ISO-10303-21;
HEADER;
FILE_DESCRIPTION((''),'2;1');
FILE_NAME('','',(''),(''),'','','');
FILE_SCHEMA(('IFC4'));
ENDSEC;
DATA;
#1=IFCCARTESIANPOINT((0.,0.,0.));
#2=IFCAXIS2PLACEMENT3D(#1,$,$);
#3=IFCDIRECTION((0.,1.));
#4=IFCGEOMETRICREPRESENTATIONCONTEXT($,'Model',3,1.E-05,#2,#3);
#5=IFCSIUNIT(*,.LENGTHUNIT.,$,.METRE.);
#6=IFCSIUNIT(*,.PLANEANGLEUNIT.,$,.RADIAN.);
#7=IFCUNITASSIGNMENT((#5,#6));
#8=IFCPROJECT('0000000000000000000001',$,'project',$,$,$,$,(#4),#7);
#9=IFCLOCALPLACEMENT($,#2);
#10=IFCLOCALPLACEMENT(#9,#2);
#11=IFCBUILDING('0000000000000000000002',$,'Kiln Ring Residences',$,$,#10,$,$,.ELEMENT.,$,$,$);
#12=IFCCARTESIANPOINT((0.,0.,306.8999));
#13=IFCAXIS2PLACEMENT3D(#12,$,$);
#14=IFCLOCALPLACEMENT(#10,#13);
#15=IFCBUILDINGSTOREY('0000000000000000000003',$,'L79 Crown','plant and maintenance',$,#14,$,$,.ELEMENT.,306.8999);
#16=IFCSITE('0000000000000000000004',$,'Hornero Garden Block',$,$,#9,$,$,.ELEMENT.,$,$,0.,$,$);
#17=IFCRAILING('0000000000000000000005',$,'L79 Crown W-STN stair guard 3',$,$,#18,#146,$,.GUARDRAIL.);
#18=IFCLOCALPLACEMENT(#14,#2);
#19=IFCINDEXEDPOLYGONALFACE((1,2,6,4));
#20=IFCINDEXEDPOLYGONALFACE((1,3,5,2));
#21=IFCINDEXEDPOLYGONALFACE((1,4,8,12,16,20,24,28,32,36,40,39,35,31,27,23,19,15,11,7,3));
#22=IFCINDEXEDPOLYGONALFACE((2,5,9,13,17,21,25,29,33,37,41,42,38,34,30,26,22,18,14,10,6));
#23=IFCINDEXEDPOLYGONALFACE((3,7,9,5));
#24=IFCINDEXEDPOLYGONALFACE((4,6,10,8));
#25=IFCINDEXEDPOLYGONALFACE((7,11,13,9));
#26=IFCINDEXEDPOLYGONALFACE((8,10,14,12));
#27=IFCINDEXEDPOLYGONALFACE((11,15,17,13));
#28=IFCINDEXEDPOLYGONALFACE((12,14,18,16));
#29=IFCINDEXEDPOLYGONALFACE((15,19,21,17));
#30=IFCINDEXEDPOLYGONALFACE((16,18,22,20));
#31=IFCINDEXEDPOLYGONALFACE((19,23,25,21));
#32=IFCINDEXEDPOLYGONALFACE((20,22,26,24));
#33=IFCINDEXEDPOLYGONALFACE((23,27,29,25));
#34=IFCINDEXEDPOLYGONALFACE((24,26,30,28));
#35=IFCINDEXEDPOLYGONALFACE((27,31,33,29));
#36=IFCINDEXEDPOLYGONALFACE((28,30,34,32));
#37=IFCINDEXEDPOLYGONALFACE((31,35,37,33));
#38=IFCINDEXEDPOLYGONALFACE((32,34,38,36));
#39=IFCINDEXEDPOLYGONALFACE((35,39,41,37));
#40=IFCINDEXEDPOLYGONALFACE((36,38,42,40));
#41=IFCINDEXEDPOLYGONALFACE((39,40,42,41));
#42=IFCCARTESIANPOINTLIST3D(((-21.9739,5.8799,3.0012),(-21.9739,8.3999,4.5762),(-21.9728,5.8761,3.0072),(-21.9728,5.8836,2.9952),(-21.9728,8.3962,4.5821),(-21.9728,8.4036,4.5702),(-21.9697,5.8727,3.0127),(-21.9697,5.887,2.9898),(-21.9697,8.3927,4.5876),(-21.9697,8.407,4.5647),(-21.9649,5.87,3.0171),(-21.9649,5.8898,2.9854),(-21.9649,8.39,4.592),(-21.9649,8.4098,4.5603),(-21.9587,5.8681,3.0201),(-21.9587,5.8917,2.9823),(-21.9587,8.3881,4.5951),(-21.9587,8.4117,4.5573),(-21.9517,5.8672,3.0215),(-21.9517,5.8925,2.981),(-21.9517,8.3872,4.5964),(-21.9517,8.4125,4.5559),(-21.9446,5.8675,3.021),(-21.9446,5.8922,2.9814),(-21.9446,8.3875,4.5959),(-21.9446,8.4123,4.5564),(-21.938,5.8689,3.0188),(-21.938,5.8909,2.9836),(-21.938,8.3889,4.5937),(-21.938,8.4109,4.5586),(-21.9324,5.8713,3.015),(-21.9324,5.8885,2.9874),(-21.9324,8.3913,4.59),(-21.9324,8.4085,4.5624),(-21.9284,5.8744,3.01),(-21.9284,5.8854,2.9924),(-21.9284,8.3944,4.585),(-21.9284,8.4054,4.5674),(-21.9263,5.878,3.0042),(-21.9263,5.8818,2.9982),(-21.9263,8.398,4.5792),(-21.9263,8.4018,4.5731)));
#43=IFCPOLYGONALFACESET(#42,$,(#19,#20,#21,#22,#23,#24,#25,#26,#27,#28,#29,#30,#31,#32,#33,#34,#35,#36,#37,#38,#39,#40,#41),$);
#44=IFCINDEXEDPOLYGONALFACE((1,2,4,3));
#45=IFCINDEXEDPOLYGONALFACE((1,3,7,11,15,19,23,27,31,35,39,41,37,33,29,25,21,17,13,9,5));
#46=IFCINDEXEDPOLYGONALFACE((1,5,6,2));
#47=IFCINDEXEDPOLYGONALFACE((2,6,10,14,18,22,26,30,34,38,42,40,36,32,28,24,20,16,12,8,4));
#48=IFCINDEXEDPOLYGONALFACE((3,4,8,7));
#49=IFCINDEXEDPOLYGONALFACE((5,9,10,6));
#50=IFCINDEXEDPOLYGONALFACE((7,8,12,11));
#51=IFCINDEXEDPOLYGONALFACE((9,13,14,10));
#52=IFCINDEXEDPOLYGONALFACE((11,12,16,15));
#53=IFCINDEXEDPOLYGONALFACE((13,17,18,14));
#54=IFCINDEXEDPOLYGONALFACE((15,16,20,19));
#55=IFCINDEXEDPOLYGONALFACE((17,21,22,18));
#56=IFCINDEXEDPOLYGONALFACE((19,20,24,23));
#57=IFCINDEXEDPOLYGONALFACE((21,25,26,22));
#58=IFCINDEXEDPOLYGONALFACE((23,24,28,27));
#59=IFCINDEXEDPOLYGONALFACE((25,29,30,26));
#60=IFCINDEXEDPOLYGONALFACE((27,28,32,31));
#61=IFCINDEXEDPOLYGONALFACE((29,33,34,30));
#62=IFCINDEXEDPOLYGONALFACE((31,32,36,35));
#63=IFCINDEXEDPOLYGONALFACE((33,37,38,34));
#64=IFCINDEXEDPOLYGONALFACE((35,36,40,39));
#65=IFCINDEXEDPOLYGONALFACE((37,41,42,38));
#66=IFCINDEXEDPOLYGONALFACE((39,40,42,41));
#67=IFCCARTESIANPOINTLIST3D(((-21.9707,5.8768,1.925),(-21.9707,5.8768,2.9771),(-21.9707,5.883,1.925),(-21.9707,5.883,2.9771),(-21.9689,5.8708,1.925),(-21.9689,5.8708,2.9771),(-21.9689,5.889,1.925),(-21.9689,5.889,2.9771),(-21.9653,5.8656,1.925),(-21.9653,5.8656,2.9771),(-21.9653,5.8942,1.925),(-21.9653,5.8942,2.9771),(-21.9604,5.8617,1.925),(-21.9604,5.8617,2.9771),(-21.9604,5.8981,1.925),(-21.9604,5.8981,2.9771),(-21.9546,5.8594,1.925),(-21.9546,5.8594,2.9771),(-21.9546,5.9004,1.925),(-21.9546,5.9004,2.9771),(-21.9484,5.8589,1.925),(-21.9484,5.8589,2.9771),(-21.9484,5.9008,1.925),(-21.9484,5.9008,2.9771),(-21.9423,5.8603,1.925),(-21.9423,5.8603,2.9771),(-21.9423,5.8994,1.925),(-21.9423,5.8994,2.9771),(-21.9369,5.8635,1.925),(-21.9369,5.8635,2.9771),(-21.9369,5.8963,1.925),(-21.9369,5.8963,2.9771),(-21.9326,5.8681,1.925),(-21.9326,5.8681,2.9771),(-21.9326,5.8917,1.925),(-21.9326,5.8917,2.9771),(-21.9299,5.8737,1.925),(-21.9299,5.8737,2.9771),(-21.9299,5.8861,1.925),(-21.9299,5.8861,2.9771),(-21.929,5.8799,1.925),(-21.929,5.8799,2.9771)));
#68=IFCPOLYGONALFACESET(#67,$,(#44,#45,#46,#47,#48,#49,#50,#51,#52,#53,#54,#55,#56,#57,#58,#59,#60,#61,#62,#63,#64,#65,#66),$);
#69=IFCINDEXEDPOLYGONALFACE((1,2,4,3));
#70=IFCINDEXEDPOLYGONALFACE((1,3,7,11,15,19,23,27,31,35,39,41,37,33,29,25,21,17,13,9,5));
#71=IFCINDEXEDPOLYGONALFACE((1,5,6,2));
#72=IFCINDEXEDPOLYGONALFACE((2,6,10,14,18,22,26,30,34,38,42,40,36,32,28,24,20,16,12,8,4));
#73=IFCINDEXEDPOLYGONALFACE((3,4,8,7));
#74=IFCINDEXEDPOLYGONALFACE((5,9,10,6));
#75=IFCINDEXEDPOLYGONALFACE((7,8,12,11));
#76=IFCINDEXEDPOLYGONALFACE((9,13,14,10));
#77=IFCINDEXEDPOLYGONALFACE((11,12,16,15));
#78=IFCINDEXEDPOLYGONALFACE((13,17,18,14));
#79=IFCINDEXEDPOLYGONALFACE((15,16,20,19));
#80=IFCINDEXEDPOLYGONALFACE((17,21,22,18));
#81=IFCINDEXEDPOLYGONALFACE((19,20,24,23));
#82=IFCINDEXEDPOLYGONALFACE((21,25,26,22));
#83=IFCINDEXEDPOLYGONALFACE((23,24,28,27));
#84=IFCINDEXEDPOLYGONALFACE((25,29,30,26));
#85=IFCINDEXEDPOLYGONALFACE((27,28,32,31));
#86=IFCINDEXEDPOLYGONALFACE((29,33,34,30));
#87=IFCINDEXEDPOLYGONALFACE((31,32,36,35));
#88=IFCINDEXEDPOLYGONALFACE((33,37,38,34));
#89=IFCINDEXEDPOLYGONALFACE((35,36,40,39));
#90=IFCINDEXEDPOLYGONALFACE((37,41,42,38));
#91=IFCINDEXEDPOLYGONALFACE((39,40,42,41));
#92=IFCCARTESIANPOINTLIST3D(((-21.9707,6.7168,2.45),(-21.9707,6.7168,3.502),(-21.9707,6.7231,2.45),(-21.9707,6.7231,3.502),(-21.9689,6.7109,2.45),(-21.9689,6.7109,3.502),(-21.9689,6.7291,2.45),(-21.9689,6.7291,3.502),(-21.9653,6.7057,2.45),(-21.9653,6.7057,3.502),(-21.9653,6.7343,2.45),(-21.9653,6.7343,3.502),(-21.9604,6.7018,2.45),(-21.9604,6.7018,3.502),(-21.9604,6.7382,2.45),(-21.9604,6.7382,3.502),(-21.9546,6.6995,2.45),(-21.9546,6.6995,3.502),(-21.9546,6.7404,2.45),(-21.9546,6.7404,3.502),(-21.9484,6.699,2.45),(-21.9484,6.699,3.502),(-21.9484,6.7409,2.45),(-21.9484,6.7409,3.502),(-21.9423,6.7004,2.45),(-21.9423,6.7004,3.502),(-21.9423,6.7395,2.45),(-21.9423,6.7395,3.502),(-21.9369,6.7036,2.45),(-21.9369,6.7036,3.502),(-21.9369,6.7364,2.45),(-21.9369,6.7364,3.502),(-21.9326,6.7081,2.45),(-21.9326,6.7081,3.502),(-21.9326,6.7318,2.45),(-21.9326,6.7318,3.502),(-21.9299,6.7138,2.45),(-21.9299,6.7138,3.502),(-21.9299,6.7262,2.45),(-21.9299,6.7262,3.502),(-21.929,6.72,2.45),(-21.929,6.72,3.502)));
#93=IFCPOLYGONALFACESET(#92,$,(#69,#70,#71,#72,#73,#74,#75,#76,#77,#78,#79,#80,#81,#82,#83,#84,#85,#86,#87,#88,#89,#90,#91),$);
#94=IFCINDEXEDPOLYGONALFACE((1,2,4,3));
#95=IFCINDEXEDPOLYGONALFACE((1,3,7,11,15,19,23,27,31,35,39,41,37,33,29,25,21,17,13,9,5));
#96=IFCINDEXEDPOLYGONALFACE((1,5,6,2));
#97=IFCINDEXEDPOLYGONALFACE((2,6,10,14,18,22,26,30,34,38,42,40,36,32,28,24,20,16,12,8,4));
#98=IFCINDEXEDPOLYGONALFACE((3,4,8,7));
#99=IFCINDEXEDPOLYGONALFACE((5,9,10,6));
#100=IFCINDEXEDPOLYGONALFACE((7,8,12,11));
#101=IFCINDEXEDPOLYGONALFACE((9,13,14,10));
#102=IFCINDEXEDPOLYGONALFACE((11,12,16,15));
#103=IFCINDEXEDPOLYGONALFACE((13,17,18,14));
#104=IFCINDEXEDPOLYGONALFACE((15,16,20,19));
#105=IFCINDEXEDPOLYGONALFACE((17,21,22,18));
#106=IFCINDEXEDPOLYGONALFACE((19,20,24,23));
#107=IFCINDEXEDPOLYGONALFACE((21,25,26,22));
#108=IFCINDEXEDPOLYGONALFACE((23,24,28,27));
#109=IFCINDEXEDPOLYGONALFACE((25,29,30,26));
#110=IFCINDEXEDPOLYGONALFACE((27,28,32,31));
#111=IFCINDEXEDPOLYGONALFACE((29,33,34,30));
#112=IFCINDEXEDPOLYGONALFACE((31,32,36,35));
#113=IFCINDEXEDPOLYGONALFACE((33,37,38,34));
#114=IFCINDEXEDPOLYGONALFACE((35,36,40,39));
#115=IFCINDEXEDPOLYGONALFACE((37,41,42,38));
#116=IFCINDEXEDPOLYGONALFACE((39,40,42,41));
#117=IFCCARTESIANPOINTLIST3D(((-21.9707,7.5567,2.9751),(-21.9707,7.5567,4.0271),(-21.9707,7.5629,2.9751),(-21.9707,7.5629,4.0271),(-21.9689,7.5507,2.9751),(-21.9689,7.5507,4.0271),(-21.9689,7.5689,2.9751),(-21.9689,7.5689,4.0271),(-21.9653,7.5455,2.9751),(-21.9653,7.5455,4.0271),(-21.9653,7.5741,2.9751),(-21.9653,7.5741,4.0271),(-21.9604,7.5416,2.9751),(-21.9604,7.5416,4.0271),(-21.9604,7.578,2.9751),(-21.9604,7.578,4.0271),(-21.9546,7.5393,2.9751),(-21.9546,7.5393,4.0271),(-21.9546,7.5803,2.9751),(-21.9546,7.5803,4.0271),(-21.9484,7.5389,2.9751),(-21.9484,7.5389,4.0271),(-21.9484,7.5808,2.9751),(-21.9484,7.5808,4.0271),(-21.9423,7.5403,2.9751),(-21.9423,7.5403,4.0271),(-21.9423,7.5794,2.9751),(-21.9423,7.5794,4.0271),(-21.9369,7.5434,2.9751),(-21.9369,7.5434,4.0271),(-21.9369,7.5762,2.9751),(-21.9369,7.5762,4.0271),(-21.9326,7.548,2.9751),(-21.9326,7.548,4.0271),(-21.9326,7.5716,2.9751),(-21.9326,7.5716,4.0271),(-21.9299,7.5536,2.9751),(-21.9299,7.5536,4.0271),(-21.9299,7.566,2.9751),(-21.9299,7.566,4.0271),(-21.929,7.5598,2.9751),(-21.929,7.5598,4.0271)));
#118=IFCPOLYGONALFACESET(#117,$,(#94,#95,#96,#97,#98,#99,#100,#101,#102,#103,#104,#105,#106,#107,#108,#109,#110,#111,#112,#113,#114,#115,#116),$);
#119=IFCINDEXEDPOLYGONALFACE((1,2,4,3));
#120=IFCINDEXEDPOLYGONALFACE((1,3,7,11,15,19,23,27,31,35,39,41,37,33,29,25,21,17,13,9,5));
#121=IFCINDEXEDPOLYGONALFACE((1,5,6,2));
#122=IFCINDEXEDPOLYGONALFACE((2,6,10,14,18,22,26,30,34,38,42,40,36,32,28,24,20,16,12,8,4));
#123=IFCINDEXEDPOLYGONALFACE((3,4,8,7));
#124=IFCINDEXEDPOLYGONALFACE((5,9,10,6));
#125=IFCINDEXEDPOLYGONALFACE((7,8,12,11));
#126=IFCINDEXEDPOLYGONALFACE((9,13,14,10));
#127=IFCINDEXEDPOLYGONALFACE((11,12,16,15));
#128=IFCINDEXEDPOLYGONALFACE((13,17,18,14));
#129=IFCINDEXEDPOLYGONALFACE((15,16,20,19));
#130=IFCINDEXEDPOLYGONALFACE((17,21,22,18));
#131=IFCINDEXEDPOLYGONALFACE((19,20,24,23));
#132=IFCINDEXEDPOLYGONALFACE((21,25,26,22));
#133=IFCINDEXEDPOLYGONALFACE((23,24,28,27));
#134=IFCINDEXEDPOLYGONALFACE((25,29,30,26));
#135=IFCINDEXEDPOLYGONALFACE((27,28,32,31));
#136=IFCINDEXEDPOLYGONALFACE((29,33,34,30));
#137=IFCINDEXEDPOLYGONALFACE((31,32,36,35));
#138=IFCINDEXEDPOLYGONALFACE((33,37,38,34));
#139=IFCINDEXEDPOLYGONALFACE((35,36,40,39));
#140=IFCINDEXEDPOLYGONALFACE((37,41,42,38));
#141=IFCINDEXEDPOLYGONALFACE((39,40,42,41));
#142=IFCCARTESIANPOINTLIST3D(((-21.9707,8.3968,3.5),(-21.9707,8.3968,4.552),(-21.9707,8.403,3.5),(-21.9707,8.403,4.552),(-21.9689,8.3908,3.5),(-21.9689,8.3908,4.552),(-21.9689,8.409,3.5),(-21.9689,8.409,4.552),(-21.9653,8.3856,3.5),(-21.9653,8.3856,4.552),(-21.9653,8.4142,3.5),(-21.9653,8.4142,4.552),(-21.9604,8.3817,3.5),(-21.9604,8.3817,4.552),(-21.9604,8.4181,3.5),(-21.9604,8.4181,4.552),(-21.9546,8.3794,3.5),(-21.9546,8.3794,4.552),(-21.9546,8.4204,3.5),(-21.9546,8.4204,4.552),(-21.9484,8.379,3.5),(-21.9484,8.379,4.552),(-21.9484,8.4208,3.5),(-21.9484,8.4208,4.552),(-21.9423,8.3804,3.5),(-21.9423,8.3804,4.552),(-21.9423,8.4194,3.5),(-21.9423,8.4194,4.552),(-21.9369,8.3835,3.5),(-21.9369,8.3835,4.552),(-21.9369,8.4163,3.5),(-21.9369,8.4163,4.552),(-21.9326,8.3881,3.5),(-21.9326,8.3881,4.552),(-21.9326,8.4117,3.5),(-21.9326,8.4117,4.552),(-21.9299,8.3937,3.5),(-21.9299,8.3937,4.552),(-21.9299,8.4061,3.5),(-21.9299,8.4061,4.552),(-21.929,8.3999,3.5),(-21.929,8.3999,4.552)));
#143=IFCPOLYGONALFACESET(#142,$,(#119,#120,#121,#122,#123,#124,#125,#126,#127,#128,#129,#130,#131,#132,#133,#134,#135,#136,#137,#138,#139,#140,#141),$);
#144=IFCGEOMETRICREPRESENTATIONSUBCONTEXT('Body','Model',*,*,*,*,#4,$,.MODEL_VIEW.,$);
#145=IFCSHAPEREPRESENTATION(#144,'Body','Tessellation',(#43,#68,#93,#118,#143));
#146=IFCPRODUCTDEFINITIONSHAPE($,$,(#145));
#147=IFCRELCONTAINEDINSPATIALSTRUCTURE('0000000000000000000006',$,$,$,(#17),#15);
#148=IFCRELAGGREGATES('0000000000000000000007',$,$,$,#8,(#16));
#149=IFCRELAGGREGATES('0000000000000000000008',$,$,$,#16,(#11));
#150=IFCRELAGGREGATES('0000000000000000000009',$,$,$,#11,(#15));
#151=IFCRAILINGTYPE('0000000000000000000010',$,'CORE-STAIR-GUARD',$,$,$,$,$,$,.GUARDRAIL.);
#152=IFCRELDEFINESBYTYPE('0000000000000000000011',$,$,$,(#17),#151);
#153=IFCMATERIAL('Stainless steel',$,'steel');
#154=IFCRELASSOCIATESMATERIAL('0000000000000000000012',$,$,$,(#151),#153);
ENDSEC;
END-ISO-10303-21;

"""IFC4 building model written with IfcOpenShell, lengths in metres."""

from ifc_helpers import new_model, si_unit, direction, frame, origin, origin_2d, place, context, subcontext, project, spatial, circle, extrude, material, type_object, element, save


model = new_model("IFC4")

# Units and contexts
model_context = context("Model", 3, precision=1e-05, world=origin(), true_north=direction((0.0, 1.0)))
body_context = subcontext(model_context, "Body", "Model", "MODEL_VIEW")
ifc_project = project(units=[si_unit("LENGTHUNIT", "METRE"), si_unit("PLANEANGLEUNIT", "RADIAN")], contexts=[model_context])

# Site, building, storey
site_placement = place(None, origin())
site = spatial("IfcSite", under=ifc_project, at=site_placement, Name="Hornero Garden Block", CompositionType="ELEMENT", RefElevation=0.0)
building_placement = place(site_placement, origin())
building = spatial("IfcBuilding", under=site, at=building_placement, Name="Kiln Ring Residences", CompositionType="ELEMENT")
storey_placement = place(building_placement, frame((0.0, 0.0, 306.8999)))
storey = spatial("IfcBuildingStorey", under=building, at=storey_placement, Name="L79 Crown", Description="plant and maintenance", CompositionType="ELEMENT", Elevation=306.8999)

# Railing
ifc_material_1 = material(Name="Stainless steel", Category="steel")
railing_type_1 = type_object("IfcRailingType", Name="CORE-STAIR-GUARD", PredefinedType="GUARDRAIL", material=ifc_material_1)
railing_1_placement = place(storey_placement, frame((-21.95, 5.8799, 1.925)))
element("IfcRailing", 1, at=railing_1_placement, inside=storey, type_object=railing_type_1, Name="L79 Crown W-STN stair guard 3", PredefinedType="GUARDRAIL", context=body_context, shape_type="SweptSolid", body=[
    extrude(circle(Radius=0.0239, at=origin_2d()), frame((0.0, 0.0, 1.0762), z_axis=(0.0, 0.848008, 0.529984), x_axis=(-1.0, 0.0, 0.0)), (0.0, 0.0, 1.0), 2.9717),
    extrude(circle(Radius=0.021, at=origin_2d()), origin(), (0.0, 0.0, 1.0), 1.052),
    extrude(circle(Radius=0.021, at=origin_2d()), frame((0.0, 0.8401, 0.5249)), (0.0, 0.0, 1.0), 1.052),
    extrude(circle(Radius=0.021, at=origin_2d()), frame((0.0, 1.6799, 1.05)), (0.0, 0.0, 1.0), 1.052),
    extrude(circle(Radius=0.021, at=origin_2d()), frame((0.0, 2.52, 1.575)), (0.0, 0.0, 1.0), 1.052),
])

save(model, "model.ifc")
